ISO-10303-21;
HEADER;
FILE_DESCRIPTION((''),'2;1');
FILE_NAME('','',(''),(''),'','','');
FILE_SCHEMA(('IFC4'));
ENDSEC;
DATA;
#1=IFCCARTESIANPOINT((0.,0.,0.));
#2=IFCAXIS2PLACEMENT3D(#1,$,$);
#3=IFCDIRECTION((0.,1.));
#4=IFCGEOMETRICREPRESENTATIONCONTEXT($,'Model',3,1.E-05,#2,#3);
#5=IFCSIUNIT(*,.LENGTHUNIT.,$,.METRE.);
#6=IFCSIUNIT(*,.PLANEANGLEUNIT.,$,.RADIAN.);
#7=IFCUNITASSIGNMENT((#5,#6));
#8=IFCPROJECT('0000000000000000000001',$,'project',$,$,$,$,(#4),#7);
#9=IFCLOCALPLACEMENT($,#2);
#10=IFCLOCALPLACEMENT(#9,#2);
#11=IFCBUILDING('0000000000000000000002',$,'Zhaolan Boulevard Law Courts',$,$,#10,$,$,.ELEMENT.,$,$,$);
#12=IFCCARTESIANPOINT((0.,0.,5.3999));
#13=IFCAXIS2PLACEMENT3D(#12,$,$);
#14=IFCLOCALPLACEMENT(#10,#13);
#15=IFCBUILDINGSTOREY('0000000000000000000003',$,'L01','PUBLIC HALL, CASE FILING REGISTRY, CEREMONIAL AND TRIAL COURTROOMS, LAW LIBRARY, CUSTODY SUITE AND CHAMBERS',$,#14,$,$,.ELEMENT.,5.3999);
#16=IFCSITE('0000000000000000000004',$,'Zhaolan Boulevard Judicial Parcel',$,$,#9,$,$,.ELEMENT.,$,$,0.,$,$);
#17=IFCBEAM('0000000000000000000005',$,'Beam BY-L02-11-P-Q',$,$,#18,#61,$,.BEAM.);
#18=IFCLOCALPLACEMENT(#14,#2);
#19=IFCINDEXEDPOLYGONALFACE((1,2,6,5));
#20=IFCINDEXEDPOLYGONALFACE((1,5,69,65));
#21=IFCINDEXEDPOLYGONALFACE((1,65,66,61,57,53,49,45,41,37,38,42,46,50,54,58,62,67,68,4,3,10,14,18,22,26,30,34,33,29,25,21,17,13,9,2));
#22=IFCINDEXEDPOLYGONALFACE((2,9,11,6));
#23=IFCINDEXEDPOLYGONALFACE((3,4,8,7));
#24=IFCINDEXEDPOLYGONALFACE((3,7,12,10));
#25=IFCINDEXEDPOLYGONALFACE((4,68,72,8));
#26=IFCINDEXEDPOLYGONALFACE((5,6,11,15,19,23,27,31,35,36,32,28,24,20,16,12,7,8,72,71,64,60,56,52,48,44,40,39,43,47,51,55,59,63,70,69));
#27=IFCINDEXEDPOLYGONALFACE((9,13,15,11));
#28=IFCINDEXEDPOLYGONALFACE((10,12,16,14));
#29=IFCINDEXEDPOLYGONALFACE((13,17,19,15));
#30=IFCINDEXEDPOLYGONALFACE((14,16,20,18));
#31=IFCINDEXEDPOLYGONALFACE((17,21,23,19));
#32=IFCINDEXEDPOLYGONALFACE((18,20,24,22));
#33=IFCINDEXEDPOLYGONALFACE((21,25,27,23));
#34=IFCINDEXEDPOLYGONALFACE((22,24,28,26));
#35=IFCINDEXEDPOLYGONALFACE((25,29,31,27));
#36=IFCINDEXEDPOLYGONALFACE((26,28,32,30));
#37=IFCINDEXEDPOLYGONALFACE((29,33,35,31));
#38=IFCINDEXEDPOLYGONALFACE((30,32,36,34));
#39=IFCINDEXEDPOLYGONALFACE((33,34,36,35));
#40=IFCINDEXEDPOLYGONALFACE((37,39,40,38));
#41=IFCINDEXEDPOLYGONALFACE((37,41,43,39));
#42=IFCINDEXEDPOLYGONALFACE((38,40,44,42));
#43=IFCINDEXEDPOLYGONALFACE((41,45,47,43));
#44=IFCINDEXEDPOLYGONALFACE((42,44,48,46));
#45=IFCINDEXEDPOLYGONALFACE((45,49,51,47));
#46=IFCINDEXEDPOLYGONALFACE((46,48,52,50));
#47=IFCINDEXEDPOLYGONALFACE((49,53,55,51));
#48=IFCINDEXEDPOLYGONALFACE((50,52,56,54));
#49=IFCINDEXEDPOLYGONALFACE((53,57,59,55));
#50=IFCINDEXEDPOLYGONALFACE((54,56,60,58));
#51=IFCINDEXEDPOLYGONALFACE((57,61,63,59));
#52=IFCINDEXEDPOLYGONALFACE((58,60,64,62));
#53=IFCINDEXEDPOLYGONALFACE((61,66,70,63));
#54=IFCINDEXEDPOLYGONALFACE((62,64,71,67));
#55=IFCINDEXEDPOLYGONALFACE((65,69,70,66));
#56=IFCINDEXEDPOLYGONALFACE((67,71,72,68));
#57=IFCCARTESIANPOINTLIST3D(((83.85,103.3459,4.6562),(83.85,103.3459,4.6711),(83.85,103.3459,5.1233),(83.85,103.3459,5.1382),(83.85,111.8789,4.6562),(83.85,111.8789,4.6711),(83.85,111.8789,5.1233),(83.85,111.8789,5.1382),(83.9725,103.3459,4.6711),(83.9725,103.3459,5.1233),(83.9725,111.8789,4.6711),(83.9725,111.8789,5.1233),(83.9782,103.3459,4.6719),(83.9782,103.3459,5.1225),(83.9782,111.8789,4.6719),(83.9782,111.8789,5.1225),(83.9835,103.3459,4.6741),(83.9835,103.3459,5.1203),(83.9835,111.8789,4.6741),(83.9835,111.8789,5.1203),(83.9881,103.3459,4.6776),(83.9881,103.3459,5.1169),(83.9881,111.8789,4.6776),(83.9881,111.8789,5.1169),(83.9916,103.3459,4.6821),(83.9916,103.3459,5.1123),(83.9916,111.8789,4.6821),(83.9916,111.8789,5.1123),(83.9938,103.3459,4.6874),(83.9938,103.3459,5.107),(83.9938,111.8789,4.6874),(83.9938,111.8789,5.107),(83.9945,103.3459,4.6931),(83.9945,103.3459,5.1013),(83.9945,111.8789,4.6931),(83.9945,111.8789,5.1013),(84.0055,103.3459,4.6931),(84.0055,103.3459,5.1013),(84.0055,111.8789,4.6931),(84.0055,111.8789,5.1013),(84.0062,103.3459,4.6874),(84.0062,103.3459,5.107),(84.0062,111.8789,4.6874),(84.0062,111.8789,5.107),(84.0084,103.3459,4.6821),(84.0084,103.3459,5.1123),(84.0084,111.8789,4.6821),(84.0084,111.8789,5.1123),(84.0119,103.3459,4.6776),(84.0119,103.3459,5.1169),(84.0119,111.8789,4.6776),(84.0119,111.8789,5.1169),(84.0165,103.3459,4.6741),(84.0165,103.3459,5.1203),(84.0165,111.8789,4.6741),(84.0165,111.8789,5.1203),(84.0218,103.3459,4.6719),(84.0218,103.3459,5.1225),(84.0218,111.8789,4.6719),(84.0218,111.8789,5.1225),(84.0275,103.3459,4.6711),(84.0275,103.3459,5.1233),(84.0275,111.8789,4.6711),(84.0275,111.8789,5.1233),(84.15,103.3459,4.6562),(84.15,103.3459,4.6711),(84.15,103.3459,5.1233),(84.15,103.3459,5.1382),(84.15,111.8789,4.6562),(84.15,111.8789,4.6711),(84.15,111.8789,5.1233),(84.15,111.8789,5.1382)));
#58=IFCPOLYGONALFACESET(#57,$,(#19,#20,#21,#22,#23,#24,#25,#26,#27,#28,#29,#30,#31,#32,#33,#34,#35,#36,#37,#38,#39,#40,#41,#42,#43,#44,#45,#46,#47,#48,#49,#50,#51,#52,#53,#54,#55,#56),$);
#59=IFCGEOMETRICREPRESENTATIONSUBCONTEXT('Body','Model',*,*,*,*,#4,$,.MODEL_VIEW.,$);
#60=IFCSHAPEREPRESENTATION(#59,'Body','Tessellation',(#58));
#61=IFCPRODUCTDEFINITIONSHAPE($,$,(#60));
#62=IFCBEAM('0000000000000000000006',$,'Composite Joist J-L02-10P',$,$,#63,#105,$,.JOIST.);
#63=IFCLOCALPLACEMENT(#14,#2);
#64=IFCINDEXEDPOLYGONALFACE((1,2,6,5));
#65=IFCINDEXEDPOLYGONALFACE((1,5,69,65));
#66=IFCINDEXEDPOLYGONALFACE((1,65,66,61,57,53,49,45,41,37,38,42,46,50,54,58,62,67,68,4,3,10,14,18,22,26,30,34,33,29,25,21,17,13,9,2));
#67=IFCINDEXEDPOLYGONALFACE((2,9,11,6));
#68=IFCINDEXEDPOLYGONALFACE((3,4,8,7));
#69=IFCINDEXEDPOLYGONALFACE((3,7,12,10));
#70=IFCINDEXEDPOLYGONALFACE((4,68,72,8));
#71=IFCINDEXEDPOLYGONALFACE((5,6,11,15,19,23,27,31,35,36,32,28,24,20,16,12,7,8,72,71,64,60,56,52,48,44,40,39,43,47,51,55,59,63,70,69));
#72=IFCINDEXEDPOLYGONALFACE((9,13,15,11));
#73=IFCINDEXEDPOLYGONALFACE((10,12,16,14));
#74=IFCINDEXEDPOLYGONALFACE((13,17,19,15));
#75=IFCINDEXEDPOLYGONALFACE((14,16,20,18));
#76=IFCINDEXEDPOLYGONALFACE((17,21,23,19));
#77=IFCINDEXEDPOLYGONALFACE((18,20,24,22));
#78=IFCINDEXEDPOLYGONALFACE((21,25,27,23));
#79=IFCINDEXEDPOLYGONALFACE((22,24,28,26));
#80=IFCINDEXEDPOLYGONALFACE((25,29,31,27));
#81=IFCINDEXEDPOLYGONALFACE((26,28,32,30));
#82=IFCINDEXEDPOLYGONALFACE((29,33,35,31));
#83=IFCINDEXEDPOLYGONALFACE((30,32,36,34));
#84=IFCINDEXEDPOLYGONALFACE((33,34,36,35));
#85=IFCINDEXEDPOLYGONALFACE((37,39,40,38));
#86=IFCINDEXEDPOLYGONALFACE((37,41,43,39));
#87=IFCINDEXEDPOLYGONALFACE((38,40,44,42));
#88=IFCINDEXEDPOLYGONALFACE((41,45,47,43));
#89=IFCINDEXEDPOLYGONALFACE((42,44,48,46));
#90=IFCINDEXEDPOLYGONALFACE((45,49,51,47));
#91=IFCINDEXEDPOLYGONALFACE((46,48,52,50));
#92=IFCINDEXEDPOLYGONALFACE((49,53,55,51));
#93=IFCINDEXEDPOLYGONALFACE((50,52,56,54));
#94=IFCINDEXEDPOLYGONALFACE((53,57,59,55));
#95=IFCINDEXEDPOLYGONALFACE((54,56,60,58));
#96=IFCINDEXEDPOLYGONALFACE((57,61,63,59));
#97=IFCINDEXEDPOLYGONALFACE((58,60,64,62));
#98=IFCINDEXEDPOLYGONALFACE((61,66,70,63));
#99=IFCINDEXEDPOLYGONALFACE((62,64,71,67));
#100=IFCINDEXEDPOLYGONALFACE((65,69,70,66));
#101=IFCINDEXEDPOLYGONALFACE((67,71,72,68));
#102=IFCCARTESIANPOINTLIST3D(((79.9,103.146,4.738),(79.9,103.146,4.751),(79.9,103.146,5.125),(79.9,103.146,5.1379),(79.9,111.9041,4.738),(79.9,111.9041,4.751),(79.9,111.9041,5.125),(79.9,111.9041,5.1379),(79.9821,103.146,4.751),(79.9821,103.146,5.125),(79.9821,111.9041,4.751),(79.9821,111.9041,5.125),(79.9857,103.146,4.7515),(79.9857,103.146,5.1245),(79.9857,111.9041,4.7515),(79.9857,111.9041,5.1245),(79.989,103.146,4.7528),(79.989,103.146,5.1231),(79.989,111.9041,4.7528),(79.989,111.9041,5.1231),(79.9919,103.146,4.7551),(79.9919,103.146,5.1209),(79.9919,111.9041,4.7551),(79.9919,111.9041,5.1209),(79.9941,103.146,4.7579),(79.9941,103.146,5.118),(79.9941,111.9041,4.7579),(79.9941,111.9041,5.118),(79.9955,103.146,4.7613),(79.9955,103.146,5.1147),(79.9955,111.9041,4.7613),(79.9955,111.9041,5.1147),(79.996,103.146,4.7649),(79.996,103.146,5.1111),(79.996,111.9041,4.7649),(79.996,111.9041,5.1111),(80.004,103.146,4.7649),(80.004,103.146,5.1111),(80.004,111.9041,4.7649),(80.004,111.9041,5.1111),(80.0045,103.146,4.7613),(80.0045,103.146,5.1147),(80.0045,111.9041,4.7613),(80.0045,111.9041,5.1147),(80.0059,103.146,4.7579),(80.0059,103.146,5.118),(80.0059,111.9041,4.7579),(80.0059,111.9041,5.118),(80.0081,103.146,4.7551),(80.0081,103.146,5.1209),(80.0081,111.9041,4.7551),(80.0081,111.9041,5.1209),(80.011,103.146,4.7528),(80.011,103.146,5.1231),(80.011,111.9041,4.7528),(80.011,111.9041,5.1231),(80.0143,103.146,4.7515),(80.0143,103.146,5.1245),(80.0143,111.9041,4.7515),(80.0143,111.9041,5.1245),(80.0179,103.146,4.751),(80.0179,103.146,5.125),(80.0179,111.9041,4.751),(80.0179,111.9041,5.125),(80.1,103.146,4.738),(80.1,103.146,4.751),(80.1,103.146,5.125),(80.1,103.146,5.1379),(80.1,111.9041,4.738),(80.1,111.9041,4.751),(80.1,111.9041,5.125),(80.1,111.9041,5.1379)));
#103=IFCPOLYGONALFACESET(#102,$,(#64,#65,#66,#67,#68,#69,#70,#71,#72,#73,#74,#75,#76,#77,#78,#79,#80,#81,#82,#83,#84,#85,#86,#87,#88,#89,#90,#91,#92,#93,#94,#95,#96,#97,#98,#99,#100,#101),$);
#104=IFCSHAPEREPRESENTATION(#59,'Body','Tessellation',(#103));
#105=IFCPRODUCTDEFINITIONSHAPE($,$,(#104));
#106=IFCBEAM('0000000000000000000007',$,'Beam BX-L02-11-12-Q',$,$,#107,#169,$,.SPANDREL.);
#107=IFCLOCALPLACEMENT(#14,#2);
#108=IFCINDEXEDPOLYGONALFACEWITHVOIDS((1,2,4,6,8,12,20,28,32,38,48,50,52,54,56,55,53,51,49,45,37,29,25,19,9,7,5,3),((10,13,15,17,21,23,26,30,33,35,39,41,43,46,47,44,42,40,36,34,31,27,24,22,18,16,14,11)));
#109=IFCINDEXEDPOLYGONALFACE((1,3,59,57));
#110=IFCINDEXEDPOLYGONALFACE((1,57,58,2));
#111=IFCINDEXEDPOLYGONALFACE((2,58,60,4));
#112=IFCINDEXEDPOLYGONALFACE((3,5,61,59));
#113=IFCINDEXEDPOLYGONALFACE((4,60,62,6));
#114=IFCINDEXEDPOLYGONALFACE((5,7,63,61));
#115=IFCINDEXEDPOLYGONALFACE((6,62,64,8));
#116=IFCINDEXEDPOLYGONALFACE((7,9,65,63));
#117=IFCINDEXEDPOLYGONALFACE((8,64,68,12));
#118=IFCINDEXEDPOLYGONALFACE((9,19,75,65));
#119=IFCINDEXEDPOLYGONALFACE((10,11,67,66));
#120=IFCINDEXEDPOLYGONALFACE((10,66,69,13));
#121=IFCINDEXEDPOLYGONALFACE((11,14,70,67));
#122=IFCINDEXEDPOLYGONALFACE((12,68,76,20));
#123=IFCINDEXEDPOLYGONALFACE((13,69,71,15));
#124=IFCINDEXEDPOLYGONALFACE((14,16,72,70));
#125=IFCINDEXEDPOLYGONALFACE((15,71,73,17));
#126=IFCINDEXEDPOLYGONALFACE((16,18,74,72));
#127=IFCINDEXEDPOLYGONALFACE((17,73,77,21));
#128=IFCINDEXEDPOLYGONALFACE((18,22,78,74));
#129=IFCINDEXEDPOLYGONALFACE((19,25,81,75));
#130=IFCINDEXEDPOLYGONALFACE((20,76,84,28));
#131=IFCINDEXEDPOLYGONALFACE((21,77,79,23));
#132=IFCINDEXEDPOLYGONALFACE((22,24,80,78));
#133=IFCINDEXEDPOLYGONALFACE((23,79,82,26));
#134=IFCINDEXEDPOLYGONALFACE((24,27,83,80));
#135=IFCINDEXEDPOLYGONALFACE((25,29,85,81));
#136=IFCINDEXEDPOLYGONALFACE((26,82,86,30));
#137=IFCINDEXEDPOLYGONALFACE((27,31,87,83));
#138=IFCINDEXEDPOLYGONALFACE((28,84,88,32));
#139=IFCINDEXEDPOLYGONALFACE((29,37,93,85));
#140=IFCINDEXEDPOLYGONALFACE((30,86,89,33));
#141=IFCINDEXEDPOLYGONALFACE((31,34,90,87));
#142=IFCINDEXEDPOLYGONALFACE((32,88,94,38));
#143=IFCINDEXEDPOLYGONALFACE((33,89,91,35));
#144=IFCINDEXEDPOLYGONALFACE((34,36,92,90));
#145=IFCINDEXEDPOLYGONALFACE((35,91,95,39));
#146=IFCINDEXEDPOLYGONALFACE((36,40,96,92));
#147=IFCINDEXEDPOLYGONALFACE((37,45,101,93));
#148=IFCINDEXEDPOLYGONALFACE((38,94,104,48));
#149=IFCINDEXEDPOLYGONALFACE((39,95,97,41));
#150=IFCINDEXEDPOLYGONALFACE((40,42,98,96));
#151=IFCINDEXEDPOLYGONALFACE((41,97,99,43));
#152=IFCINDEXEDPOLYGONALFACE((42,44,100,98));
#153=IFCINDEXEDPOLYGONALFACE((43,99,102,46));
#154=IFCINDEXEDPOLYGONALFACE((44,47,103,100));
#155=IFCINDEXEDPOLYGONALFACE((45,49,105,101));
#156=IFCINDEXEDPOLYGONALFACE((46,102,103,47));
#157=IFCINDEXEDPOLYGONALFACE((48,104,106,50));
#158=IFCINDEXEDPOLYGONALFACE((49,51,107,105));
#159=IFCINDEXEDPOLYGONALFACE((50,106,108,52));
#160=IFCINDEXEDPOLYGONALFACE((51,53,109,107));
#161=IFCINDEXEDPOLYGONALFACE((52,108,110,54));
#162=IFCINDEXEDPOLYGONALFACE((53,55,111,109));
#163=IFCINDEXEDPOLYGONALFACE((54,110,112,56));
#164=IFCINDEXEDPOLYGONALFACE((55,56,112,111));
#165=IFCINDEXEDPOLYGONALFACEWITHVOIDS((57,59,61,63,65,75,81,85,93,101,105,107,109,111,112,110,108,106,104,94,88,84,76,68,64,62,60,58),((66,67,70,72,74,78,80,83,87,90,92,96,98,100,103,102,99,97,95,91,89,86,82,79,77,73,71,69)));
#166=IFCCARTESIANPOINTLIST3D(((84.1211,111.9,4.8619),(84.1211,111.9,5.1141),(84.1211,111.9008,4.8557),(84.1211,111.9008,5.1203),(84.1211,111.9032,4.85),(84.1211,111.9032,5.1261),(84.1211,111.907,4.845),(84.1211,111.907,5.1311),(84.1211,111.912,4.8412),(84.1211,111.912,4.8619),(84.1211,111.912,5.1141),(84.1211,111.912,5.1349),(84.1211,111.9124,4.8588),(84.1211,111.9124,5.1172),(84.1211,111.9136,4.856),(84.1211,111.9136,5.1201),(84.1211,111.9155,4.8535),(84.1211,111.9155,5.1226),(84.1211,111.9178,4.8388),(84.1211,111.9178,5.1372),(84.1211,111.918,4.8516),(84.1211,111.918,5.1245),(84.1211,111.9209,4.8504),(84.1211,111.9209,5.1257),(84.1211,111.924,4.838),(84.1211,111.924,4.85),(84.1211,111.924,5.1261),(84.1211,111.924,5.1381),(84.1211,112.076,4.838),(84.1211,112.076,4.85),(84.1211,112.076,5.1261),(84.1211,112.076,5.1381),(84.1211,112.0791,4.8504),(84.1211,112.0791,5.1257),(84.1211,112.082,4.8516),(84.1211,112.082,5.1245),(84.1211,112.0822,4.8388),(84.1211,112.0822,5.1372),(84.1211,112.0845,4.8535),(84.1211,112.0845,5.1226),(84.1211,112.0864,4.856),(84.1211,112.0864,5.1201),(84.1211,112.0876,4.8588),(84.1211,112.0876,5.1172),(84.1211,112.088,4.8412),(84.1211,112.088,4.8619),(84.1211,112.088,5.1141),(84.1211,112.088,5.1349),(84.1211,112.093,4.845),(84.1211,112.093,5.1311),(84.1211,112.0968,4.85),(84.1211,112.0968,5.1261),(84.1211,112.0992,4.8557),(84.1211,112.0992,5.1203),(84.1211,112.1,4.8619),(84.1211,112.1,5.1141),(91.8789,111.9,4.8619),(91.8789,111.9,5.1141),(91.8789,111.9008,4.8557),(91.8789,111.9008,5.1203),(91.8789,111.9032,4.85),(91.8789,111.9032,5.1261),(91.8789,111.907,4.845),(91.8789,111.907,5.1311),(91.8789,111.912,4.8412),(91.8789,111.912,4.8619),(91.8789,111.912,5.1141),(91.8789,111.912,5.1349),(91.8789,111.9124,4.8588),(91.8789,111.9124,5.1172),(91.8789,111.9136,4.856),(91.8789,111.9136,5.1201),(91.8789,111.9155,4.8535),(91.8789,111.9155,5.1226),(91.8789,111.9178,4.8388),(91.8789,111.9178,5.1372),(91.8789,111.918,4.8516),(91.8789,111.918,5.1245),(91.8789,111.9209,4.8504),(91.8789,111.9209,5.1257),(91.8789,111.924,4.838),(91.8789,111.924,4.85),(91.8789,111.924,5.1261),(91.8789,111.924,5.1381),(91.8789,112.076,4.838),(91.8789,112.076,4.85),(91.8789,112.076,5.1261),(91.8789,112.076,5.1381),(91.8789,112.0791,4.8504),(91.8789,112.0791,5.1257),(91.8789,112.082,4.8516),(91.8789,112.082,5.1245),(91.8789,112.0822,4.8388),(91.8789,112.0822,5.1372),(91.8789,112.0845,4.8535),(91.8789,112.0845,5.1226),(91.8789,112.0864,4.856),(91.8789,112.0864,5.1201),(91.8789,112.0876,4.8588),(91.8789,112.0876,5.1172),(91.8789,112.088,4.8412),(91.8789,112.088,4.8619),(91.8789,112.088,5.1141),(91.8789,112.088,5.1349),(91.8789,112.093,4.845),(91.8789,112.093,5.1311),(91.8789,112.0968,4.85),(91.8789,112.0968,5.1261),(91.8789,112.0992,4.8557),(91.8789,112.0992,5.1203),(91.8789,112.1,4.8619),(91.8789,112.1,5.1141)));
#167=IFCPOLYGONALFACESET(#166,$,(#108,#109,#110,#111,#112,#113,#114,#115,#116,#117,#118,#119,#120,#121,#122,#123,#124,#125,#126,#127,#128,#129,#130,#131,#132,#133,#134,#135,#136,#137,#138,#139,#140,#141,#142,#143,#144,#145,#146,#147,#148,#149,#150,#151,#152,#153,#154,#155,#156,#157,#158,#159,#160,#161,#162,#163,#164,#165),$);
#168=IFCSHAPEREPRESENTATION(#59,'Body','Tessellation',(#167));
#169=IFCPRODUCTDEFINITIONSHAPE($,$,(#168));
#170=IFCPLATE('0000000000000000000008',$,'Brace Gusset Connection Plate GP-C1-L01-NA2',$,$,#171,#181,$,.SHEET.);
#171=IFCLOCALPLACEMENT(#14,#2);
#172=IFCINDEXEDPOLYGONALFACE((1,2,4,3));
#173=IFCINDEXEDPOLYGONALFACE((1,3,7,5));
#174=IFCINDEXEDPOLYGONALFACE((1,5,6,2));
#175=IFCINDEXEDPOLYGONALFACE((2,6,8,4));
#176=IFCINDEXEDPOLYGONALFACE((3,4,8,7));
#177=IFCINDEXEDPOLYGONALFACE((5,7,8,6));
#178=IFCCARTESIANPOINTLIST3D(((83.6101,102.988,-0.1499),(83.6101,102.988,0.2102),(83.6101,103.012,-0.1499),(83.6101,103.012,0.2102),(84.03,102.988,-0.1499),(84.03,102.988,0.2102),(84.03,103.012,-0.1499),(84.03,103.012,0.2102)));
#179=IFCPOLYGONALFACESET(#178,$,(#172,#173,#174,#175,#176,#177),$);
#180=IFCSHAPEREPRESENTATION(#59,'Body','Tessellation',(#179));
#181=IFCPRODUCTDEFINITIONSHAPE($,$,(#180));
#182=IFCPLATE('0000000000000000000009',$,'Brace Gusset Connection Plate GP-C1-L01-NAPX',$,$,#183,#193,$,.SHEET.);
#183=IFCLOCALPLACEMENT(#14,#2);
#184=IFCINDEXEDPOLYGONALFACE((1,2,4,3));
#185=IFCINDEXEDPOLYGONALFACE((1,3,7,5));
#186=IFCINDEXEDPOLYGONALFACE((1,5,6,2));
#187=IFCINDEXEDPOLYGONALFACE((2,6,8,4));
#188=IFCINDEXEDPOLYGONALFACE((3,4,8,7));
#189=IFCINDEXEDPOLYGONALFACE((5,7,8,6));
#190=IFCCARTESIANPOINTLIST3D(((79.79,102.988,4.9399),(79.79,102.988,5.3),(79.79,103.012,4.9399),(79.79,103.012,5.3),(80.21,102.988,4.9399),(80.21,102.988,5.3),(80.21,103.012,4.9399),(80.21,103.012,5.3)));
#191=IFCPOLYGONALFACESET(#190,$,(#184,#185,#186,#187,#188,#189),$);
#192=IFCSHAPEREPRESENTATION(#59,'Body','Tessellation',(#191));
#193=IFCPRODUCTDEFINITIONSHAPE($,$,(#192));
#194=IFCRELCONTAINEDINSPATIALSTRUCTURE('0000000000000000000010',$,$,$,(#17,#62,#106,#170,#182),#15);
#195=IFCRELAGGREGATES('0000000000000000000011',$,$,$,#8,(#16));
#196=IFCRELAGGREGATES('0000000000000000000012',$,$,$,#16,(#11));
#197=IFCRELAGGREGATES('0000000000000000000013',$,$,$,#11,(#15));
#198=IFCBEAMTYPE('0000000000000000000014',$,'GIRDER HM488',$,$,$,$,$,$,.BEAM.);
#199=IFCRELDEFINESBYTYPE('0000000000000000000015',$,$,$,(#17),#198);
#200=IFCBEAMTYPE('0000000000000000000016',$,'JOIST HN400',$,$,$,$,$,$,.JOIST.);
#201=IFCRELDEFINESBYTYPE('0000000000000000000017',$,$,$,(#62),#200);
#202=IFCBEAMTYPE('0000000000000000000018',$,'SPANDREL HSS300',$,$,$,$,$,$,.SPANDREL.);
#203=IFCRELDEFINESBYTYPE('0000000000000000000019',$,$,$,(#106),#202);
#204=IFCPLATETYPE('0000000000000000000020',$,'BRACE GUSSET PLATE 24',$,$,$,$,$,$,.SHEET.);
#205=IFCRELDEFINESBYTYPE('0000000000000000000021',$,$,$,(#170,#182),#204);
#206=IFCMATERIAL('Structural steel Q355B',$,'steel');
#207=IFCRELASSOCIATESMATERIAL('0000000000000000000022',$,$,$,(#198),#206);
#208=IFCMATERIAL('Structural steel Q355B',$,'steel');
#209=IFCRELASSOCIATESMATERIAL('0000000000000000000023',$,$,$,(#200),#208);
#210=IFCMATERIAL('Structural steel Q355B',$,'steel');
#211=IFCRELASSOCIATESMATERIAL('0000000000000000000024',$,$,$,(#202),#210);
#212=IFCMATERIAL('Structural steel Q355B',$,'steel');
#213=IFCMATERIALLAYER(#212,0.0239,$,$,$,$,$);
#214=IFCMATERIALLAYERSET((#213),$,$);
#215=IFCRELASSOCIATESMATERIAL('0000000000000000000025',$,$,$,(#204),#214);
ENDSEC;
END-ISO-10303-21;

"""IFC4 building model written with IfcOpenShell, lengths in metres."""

from ifc_helpers import new_model, si_unit, direction, frame, origin, origin_2d, place, context, subcontext, project, spatial, rectangle, hollow_rectangle, i_section, extrude, material, layer, layer_set, material_profile, profile_set, type_object, element, save


model = new_model("IFC4")

# Units and contexts
model_context = context("Model", 3, precision=1e-05, world=origin(), true_north=direction((0.0, 1.0)))
body_context = subcontext(model_context, "Body", "Model", "MODEL_VIEW")
ifc_project = project(units=[si_unit("LENGTHUNIT", "METRE"), si_unit("PLANEANGLEUNIT", "RADIAN")], contexts=[model_context])

# Site, building, storey
site_placement = place(None, origin())
site = spatial("IfcSite", under=ifc_project, at=site_placement, Name="Zhaolan Boulevard Judicial Parcel", CompositionType="ELEMENT", RefElevation=0.0)
building_placement = place(site_placement, origin())
building = spatial("IfcBuilding", under=site, at=building_placement, Name="Zhaolan Boulevard Law Courts", CompositionType="ELEMENT")
storey_placement = place(building_placement, frame((0.0, 0.0, 5.3999)))
storey = spatial("IfcBuildingStorey", under=building, at=storey_placement, Name="L01", Description="PUBLIC HALL, CASE FILING REGISTRY, CEREMONIAL AND TRIAL COURTROOMS, LAW LIBRARY, CUSTODY SUITE AND CHAMBERS", CompositionType="ELEMENT", Elevation=5.3999)

# Beams
ifc_material_1 = material(Name="Structural steel Q355B", Category="steel")
ifc_material_profile_1 = material_profile(ifc_material_1, i_section(OverallWidth=0.3, OverallDepth=0.4819, WebThickness=0.011, FlangeThickness=0.0149, FilletRadius=0.022, at=origin_2d()), Name="HM482x300")
ifc_profile_set_1 = profile_set([ifc_material_profile_1], Name="Structural steel Q355B")
beam_type_1 = type_object("IfcBeamType", Name="GIRDER HM488", PredefinedType="BEAM", material=ifc_profile_set_1)
beam_1_placement = place(storey_placement, frame((84.0, 103.3459, 4.8972), z_axis=(0.0, 1.0, 0.0), x_axis=(-1.0, 0.0, 0.0)))
element("IfcBeam", 1, at=beam_1_placement, inside=storey, type_object=beam_type_1, Name="Beam BY-L02-11-P-Q", PredefinedType="BEAM", context=body_context, shape_type="SweptSolid", body=[
    extrude(i_section(OverallWidth=0.3, OverallDepth=0.4819, WebThickness=0.011, FlangeThickness=0.0149, FilletRadius=0.022, at=origin_2d()), origin(), (0.0, 0.0, 1.0), 8.533),
])
ifc_material_2 = material(Name="Structural steel Q355B", Category="steel")
ifc_material_profile_2 = material_profile(ifc_material_2, i_section(OverallWidth=0.2, OverallDepth=0.3999, WebThickness=0.0081, FlangeThickness=0.0129, FilletRadius=0.0139, at=origin_2d()), Name="HN400x200")
ifc_profile_set_2 = profile_set([ifc_material_profile_2], Name="Structural steel Q355B")
beam_type_2 = type_object("IfcBeamType", Name="JOIST HN400", PredefinedType="JOIST", material=ifc_profile_set_2)
beam_2_placement = place(storey_placement, frame((80.0, 103.146, 4.938), z_axis=(0.0, 1.0, 0.0), x_axis=(-1.0, 0.0, 0.0)))
element("IfcBeam", 2, at=beam_2_placement, inside=storey, type_object=beam_type_2, Name="Composite Joist J-L02-10P", PredefinedType="JOIST", context=body_context, shape_type="SweptSolid", body=[
    extrude(i_section(OverallWidth=0.2, OverallDepth=0.3999, WebThickness=0.0081, FlangeThickness=0.0129, FilletRadius=0.0139, at=origin_2d()), origin(), (0.0, 0.0, 1.0), 8.7581),
])
ifc_material_3 = material(Name="Structural steel Q355B", Category="steel")
ifc_material_profile_3 = material_profile(ifc_material_3, hollow_rectangle(XDim=0.2, YDim=0.3, WallThickness=0.012, InnerFilletRadius=0.012, OuterFilletRadius=0.0239, at=origin_2d()), Name="HSS300x200x12")
ifc_profile_set_3 = profile_set([ifc_material_profile_3], Name="Structural steel Q355B")
beam_type_3 = type_object("IfcBeamType", Name="SPANDREL HSS300", PredefinedType="SPANDREL", material=ifc_profile_set_3)
beam_3_placement = place(storey_placement, frame((84.1211, 112.0, 4.988), z_axis=(1.0, 0.0, 0.0), x_axis=(0.0, 1.0, 0.0)))
element("IfcBeam", 3, at=beam_3_placement, inside=storey, type_object=beam_type_3, Name="Beam BX-L02-11-12-Q", PredefinedType="SPANDREL", context=body_context, shape_type="SweptSolid", body=[
    extrude(hollow_rectangle(XDim=0.2, YDim=0.3, WallThickness=0.012, InnerFilletRadius=0.012, OuterFilletRadius=0.0239, at=origin_2d()), origin(), (0.0, 0.0, 1.0), 7.7578),
])

# Plates
ifc_material_4 = material(Name="Structural steel Q355B", Category="steel")
ifc_layer_1 = layer(ifc_material_4, 0.0239)
ifc_layer_set_1 = layer_set([ifc_layer_1])
plate_type_1 = type_object("IfcPlateType", Name="BRACE GUSSET PLATE 24", PredefinedType="SHEET", material=ifc_layer_set_1)
for number, where, z_axis, x_axis, name in (
    (4, (83.8201, 103.0, -0.1499), (0.0, 0.0, 1.0), (1.0, 0.0, 0.0), "Brace Gusset Connection Plate GP-C1-L01-NA2"),
    (5, (80.0, 103.0, 4.9399), (0.0, 0.0, 1.0), (1.0, 0.0, 0.0), "Brace Gusset Connection Plate GP-C1-L01-NAPX"),
):
    element("IfcPlate", number, at=place(storey_placement, frame(where, z_axis=z_axis, x_axis=x_axis)), inside=storey, type_object=plate_type_1, Name=name, PredefinedType="SHEET", context=body_context, shape_type="SweptSolid", body=[
        extrude(rectangle(XDim=0.4199, YDim=0.0239, at=origin_2d()), origin(), (0.0, 0.0, 1.0), 0.3601),
    ])

save(model, "model.ifc")
